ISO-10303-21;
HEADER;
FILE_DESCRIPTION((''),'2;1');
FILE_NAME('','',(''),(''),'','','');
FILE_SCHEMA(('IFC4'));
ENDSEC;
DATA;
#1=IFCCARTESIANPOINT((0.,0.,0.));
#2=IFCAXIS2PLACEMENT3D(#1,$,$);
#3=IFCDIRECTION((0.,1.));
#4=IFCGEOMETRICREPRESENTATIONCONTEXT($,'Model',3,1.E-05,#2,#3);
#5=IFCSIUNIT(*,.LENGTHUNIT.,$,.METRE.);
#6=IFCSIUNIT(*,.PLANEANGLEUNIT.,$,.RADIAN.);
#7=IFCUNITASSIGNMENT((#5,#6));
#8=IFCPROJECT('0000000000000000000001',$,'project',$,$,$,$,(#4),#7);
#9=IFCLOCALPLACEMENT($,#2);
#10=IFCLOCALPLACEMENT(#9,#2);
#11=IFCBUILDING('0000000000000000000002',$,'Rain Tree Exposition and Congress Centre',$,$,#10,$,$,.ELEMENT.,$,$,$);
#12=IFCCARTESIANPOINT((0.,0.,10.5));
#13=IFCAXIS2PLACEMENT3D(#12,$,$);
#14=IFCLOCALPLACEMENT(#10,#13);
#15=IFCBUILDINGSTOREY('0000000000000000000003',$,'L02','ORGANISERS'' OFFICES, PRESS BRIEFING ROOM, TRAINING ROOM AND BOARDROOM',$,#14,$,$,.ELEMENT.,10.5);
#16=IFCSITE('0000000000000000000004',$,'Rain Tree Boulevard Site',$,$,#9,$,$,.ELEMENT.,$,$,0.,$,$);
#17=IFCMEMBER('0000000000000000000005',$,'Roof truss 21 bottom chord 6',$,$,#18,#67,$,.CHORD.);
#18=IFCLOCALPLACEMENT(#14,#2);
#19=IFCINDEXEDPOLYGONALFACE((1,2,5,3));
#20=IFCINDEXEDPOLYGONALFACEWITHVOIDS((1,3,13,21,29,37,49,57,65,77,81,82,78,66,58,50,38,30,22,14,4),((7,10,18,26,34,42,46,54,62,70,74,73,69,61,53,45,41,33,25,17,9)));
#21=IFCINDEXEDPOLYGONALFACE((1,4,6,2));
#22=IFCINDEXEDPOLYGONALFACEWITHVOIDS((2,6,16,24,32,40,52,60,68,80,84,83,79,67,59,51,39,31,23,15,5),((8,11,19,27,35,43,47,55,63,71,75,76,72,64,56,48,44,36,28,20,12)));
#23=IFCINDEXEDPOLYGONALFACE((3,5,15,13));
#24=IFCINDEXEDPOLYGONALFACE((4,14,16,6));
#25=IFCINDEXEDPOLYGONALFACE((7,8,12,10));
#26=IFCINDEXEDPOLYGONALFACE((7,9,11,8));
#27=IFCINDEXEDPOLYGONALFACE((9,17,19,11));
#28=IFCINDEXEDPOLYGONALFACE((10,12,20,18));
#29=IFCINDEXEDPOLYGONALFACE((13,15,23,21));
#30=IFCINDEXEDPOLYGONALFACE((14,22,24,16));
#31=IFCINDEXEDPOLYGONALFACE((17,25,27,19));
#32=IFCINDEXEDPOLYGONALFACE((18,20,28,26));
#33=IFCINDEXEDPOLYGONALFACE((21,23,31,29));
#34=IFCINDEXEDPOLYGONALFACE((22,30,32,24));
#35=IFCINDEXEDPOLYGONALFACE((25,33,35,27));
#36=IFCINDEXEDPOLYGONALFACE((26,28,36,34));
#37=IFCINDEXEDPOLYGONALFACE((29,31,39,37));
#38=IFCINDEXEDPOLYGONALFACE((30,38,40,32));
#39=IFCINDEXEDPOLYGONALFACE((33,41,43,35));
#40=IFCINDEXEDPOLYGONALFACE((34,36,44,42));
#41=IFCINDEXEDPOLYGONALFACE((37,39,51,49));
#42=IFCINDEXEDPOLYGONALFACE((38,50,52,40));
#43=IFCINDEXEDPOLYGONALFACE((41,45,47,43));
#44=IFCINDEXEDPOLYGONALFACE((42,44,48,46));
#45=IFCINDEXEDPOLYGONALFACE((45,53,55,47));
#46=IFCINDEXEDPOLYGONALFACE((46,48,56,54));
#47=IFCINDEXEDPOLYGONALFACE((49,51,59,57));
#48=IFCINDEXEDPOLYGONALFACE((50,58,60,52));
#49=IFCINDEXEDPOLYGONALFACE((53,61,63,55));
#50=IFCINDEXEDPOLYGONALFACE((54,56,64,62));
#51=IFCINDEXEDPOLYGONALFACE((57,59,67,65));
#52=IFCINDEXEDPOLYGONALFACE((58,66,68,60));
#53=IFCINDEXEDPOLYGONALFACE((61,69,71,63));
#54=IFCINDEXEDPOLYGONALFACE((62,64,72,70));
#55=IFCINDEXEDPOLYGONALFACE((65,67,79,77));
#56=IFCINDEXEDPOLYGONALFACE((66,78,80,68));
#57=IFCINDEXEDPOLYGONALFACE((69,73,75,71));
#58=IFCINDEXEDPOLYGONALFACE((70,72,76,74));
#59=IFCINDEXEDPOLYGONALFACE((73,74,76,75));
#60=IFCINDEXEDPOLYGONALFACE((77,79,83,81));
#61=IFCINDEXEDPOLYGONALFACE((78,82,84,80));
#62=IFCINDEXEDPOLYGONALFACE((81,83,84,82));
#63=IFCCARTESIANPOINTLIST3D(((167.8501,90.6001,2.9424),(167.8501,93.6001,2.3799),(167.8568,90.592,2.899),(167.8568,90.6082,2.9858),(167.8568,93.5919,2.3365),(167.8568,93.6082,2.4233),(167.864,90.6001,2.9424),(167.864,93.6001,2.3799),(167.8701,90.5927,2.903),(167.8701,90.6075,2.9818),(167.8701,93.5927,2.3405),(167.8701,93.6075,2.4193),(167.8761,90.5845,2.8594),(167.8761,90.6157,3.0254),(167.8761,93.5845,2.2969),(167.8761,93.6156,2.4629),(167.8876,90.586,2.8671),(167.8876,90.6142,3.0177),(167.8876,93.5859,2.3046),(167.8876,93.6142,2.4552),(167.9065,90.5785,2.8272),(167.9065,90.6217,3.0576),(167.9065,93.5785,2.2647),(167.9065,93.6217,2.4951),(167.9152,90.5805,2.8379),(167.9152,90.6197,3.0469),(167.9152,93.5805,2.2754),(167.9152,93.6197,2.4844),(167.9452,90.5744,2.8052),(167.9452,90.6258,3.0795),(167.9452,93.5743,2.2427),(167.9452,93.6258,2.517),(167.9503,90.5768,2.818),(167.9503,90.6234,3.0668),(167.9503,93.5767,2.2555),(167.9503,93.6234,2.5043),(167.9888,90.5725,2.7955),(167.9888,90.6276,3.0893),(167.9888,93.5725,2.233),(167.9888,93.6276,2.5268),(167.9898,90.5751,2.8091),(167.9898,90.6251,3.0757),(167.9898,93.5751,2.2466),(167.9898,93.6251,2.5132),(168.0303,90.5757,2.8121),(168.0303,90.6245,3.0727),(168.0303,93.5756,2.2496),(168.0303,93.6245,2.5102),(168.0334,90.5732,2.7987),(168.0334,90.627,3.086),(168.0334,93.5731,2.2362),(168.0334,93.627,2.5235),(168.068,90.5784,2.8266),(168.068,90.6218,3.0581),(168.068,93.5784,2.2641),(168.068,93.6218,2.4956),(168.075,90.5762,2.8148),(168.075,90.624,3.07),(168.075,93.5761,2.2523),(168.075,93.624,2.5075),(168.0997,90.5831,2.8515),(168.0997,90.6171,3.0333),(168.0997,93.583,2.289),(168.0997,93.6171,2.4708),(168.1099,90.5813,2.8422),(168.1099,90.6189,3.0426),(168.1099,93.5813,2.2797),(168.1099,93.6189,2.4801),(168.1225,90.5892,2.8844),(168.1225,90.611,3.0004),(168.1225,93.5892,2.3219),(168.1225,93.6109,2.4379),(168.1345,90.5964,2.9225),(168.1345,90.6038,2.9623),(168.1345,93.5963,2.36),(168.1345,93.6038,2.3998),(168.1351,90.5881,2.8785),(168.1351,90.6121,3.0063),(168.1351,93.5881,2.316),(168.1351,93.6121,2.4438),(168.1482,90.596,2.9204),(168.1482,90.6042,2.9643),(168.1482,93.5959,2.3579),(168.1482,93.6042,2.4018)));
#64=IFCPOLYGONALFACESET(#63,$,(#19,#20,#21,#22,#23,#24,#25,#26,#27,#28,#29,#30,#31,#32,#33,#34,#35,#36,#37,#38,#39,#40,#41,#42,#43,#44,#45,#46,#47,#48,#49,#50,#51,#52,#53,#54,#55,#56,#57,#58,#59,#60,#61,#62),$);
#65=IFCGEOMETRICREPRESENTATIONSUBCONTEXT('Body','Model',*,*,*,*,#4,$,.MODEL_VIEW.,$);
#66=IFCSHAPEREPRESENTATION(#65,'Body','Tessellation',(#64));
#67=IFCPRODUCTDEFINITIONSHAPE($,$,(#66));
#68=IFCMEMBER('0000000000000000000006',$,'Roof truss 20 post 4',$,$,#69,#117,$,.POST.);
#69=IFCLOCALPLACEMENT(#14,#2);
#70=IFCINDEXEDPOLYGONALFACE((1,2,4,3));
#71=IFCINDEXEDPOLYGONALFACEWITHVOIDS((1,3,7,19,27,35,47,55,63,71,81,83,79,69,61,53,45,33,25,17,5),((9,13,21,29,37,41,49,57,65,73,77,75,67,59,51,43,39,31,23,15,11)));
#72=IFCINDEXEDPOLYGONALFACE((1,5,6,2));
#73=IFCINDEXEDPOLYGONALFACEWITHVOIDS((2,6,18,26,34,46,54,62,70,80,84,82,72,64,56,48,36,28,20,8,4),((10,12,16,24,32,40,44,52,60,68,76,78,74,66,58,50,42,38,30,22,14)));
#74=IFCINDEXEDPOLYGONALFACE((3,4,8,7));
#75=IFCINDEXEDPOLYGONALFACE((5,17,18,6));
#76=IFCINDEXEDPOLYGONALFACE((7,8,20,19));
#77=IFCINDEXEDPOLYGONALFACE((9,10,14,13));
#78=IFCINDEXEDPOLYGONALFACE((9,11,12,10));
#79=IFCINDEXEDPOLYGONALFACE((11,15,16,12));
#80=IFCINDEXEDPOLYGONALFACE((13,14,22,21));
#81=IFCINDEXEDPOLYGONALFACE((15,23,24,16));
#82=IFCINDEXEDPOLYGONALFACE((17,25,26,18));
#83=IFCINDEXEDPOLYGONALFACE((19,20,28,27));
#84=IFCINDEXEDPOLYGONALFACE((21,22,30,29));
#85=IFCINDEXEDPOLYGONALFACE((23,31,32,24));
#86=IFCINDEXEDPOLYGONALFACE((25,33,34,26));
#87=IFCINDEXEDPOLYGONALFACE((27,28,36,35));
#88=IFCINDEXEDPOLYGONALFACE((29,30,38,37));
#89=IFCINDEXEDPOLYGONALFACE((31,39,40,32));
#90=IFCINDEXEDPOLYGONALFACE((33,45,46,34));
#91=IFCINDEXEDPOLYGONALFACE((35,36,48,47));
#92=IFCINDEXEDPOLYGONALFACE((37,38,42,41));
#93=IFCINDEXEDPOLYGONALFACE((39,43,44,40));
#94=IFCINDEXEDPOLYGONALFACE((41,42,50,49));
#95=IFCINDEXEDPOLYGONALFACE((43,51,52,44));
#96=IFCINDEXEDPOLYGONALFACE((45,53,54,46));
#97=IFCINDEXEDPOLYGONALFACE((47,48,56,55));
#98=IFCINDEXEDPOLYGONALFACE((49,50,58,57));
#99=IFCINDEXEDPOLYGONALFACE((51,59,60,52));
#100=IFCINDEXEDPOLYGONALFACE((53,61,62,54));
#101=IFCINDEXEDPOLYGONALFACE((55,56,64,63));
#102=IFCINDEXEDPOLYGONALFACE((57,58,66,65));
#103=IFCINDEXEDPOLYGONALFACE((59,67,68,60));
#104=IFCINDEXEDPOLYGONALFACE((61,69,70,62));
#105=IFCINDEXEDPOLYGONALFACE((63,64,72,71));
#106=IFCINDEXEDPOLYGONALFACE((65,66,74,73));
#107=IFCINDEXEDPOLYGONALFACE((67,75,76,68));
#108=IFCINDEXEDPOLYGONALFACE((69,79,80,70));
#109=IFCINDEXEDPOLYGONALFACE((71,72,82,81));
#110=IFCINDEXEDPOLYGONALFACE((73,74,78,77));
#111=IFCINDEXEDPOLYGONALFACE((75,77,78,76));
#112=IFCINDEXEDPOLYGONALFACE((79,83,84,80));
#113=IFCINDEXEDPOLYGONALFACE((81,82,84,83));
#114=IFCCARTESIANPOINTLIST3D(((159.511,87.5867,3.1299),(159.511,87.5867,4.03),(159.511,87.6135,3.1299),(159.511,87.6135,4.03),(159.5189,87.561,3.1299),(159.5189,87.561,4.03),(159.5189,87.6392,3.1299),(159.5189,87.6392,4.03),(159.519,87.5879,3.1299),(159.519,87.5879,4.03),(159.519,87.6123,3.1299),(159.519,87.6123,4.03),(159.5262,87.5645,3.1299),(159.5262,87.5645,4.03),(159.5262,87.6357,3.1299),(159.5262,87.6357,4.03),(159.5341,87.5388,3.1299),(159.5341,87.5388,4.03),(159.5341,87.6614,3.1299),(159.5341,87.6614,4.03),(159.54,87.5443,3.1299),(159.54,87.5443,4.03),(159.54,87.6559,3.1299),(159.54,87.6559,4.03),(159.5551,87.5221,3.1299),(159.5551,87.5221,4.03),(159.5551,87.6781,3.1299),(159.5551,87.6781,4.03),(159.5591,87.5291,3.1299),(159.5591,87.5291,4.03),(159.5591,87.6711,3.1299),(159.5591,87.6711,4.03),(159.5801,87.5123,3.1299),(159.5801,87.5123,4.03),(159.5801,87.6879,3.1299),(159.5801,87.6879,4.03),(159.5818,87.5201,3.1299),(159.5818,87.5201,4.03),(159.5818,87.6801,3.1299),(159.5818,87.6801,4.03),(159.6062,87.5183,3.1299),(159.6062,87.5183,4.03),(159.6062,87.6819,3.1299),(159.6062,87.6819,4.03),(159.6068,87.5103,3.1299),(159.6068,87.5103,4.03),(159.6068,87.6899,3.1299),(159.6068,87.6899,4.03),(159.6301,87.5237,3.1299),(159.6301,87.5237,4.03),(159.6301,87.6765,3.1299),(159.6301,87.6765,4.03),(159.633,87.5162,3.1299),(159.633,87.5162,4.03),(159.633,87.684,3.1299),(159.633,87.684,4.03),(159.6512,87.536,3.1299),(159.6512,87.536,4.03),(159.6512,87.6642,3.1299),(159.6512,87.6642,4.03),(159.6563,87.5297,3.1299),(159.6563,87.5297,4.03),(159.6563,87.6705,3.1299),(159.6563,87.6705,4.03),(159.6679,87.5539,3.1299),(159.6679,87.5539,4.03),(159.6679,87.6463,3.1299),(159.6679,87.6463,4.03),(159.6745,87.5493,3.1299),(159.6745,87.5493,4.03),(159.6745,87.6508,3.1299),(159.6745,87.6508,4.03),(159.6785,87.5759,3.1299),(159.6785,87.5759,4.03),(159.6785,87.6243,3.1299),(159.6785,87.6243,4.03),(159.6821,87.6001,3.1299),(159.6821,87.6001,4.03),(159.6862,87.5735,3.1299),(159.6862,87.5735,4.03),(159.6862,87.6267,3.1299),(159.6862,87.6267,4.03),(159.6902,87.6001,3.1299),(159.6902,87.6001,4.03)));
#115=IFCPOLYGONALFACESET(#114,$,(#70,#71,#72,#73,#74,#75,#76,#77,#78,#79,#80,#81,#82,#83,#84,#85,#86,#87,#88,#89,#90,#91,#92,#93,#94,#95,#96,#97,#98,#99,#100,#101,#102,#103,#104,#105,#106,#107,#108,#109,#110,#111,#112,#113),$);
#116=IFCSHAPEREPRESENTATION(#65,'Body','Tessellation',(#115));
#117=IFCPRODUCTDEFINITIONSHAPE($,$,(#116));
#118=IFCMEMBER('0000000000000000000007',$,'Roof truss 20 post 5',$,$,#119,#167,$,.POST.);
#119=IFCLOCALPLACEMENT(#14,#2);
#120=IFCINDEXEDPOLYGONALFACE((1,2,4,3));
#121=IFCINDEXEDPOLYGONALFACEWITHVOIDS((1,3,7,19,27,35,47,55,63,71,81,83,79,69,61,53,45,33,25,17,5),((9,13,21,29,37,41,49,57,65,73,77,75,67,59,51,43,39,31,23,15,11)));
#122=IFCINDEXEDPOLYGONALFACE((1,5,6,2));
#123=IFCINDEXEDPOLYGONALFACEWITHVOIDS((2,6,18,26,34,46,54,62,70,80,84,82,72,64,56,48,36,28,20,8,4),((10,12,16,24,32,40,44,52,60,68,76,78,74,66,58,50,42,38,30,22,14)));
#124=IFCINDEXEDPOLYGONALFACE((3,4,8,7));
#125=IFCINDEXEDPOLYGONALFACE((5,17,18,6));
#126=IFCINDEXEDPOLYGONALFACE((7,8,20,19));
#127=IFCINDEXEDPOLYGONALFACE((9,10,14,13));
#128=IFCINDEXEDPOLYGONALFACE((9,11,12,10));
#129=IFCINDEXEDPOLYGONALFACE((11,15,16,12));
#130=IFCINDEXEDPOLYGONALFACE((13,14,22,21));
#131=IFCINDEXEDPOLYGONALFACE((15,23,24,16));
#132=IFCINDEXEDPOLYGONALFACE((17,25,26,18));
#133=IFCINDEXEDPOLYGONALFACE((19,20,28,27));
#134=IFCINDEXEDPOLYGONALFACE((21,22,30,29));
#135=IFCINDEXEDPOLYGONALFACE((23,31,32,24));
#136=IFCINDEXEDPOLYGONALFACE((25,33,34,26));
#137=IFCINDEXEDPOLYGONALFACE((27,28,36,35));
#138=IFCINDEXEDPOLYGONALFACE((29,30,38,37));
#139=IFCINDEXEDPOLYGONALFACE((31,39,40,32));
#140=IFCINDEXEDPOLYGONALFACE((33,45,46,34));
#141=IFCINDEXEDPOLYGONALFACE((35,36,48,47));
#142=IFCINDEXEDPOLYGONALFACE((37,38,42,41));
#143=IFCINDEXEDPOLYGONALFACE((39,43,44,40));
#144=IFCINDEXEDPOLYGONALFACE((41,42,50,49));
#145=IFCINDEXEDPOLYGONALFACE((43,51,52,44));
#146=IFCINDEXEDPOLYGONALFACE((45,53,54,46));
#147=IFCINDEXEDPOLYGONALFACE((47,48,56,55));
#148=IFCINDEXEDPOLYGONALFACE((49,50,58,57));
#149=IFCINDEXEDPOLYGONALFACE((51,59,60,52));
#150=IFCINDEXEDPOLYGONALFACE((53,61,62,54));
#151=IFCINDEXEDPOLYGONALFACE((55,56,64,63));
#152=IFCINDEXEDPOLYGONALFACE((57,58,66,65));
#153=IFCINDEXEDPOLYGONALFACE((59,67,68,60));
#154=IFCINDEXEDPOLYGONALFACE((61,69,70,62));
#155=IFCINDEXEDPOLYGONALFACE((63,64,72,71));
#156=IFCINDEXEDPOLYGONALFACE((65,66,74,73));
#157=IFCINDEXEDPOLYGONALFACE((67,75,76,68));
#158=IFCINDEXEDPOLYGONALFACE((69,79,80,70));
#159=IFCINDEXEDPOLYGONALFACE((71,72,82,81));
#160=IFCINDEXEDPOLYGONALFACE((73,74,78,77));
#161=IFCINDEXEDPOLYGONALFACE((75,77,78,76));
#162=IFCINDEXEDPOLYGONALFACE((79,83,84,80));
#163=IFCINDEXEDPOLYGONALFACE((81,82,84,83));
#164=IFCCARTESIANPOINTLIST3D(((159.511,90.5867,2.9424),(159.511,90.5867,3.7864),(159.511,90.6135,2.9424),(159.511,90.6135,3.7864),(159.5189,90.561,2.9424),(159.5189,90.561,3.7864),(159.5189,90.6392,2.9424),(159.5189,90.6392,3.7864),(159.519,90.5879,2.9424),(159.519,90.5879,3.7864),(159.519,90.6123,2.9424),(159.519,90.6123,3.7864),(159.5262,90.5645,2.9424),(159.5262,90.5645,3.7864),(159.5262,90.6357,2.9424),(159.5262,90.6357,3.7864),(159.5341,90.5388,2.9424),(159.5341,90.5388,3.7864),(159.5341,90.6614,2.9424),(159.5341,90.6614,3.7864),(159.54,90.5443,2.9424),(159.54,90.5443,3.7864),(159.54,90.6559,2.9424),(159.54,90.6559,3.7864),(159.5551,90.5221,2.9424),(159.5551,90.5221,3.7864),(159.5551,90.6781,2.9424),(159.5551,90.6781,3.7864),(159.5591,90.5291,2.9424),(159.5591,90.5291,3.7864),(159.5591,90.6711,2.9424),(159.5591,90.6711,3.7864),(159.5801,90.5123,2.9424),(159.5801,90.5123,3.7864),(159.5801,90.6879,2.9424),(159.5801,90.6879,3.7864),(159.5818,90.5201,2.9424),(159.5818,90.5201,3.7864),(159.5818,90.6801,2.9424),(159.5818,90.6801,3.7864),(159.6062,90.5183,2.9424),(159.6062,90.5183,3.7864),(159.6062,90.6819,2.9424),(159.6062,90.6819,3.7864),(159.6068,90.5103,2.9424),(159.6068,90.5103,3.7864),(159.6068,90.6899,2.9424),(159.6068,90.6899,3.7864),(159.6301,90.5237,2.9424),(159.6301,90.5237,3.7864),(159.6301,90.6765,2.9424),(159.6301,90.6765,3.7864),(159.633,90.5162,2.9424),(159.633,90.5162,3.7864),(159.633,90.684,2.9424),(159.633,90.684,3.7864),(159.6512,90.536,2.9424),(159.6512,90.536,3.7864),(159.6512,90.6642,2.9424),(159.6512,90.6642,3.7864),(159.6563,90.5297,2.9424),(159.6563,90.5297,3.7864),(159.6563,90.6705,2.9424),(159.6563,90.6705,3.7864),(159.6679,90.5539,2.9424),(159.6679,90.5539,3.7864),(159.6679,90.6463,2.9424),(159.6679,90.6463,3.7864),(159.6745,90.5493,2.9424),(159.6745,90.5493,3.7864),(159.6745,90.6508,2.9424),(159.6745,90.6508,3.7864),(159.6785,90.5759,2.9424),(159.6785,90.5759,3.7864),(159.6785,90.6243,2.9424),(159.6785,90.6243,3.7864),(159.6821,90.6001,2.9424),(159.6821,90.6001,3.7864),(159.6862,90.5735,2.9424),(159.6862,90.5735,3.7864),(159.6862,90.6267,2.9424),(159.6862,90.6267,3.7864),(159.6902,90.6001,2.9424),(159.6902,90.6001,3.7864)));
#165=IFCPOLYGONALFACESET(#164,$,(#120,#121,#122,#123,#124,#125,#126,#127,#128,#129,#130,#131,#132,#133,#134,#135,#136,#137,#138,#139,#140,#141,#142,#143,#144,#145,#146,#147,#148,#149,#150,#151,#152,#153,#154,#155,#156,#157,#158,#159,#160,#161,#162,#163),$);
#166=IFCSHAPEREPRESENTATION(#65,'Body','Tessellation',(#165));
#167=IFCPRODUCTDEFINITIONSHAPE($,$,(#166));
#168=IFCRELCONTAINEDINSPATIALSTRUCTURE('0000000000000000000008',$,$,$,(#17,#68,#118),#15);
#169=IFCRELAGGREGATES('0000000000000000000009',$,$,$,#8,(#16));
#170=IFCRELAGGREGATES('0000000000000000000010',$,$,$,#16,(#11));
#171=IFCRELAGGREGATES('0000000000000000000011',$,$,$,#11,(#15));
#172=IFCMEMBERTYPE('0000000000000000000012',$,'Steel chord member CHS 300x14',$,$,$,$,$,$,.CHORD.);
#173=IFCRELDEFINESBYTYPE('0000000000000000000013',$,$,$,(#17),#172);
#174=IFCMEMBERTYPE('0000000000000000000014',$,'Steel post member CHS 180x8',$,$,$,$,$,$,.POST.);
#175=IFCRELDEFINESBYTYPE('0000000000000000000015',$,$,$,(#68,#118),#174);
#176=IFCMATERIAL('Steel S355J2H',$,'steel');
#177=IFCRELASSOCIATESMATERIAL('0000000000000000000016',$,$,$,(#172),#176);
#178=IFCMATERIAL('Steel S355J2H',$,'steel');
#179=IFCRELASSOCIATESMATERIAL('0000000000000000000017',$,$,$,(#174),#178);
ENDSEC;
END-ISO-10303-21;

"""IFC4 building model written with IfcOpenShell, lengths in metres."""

from ifc_helpers import new_model, si_unit, direction, frame, origin, origin_2d, place, context, subcontext, project, spatial, hollow_circle, extrude, material, material_profile, profile_set, type_object, element, save


model = new_model("IFC4")

# Units and contexts
model_context = context("Model", 3, precision=1e-05, world=origin(), true_north=direction((0.0, 1.0)))
body_context = subcontext(model_context, "Body", "Model", "MODEL_VIEW")
ifc_project = project(units=[si_unit("LENGTHUNIT", "METRE"), si_unit("PLANEANGLEUNIT", "RADIAN")], contexts=[model_context])

# Site, building, storey
site_placement = place(None, origin())
site = spatial("IfcSite", under=ifc_project, at=site_placement, Name="Rain Tree Boulevard Site", CompositionType="ELEMENT", RefElevation=0.0)
building_placement = place(site_placement, origin())
building = spatial("IfcBuilding", under=site, at=building_placement, Name="Rain Tree Exposition and Congress Centre", CompositionType="ELEMENT")
storey_placement = place(building_placement, frame((0.0, 0.0, 10.5)))
storey = spatial("IfcBuildingStorey", under=building, at=storey_placement, Name="L02", Description="ORGANISERS' OFFICES, PRESS BRIEFING ROOM, TRAINING ROOM AND BOARDROOM", CompositionType="ELEMENT", Elevation=10.5)

# Members
ifc_material_1 = material(Name="Steel S355J2H", Category="steel")
ifc_material_profile_1 = material_profile(ifc_material_1, hollow_circle(Radius=0.1499, WallThickness=0.0139, at=origin_2d()), Name="CHS 300x14")
ifc_profile_set_1 = profile_set([ifc_material_profile_1], Name="Steel S355J2H")
member_type_1 = type_object("IfcMemberType", Name="Steel chord member CHS 300x14", PredefinedType="CHORD", material=ifc_profile_set_1)
member_1_placement = place(storey_placement, frame((168.0, 90.6001, 2.9424), z_axis=(0.0, 0.982872, -0.184289), x_axis=(-1.0, 0.0, 0.0)))
element("IfcMember", 1, at=member_1_placement, inside=storey, type_object=member_type_1, Name="Roof truss 21 bottom chord 6", PredefinedType="CHORD", context=body_context, shape_type="SweptSolid", body=[
    extrude(hollow_circle(Radius=0.1499, WallThickness=0.0139, at=origin_2d()), origin(), (0.0, 0.0, 1.0), 3.0522),
])
ifc_material_2 = material(Name="Steel S355J2H", Category="steel")
ifc_material_profile_2 = material_profile(ifc_material_2, hollow_circle(Radius=0.0901, WallThickness=0.0081, at=origin_2d()), Name="CHS 180x8")
ifc_profile_set_2 = profile_set([ifc_material_profile_2], Name="Steel S355J2H")
member_type_2 = type_object("IfcMemberType", Name="Steel post member CHS 180x8", PredefinedType="POST", material=ifc_profile_set_2)
member_2_placement = place(storey_placement, frame((159.6001, 87.6001, 3.1299), z_axis=(0.0, 0.0, 1.0), x_axis=(1.0, 0.0, 0.0)))
element("IfcMember", 2, at=member_2_placement, inside=storey, type_object=member_type_2, Name="Roof truss 20 post 4", PredefinedType="POST", context=body_context, shape_type="SweptSolid", body=[
    extrude(hollow_circle(Radius=0.0901, WallThickness=0.0081, at=origin_2d()), origin(), (0.0, 0.0, 1.0), 0.9001),
])
member_3_placement = place(storey_placement, frame((159.6001, 90.6001, 2.9424), z_axis=(0.0, 0.0, 1.0), x_axis=(1.0, 0.0, 0.0)))
element("IfcMember", 3, at=member_3_placement, inside=storey, type_object=member_type_2, Name="Roof truss 20 post 5", PredefinedType="POST", context=body_context, shape_type="SweptSolid", body=[
    extrude(hollow_circle(Radius=0.0901, WallThickness=0.0081, at=origin_2d()), origin(), (0.0, 0.0, 1.0), 0.844),
])

save(model, "model.ifc")
